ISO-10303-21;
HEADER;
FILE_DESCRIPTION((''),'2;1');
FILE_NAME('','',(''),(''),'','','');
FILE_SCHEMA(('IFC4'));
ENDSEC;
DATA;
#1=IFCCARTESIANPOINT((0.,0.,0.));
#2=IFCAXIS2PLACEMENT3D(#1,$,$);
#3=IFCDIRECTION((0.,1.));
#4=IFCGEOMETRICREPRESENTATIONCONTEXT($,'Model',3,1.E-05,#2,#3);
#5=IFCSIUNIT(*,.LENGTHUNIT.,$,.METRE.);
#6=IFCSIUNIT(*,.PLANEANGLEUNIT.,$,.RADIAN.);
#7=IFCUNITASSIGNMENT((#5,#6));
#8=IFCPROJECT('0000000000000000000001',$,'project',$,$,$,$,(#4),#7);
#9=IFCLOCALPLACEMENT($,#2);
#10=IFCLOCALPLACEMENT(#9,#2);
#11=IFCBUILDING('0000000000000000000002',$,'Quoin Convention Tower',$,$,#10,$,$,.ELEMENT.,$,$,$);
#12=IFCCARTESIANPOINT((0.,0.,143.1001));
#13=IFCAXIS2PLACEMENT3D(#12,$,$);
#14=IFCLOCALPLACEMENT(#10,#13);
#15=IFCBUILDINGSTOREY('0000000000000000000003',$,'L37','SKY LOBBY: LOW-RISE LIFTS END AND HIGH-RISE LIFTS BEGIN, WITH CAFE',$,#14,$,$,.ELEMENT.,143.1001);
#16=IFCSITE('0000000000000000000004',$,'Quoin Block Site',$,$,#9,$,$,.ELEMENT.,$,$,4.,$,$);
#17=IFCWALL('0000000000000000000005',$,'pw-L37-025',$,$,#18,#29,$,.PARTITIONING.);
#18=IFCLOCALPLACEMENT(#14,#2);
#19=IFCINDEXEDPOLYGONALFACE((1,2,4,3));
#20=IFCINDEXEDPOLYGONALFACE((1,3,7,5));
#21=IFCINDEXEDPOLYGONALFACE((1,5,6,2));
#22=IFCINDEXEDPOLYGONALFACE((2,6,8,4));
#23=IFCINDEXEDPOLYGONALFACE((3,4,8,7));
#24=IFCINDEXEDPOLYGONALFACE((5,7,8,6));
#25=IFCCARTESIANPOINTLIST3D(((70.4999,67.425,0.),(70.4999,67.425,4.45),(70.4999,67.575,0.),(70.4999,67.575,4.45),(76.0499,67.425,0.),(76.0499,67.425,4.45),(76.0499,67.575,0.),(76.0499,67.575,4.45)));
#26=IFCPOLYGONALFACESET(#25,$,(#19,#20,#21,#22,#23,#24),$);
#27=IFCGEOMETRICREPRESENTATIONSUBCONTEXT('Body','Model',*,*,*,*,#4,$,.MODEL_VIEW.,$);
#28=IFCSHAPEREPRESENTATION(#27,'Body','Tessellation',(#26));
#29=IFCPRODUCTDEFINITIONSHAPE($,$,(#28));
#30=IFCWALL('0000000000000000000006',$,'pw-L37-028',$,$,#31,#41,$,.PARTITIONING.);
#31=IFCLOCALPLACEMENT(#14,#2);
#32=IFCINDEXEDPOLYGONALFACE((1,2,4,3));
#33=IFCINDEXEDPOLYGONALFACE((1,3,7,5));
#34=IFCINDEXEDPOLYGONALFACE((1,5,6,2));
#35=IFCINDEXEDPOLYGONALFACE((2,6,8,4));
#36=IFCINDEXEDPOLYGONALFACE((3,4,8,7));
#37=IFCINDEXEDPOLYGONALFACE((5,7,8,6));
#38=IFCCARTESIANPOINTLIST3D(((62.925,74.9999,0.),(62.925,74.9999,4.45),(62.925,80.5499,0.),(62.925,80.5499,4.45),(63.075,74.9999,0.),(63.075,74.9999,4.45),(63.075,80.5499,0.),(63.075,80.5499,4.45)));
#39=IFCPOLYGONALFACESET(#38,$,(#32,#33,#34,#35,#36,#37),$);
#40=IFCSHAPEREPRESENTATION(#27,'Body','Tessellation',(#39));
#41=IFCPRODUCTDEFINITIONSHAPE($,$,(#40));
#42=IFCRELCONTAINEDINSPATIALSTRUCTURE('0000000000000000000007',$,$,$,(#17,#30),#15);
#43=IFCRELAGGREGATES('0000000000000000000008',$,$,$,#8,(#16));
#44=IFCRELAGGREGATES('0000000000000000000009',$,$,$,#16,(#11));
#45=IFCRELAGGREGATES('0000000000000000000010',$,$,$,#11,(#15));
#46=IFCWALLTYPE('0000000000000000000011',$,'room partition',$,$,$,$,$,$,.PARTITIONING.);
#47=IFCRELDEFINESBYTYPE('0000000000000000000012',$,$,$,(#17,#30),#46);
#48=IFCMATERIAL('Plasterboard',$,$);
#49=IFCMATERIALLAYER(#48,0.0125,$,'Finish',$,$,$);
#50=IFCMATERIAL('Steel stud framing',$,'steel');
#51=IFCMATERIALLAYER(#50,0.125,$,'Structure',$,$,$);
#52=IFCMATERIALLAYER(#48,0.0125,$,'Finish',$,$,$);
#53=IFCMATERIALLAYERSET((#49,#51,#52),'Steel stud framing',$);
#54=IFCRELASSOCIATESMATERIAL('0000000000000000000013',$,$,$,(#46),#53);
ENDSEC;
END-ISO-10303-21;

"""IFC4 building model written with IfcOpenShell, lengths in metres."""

from ifc_helpers import new_model, si_unit, direction, frame, frame_2d, origin, place, context, subcontext, project, spatial, rectangle, extrude, material, layer, layer_set, type_object, element, save


model = new_model("IFC4")

# Units and contexts
model_context = context("Model", 3, precision=1e-05, world=origin(), true_north=direction((0.0, 1.0)))
body_context = subcontext(model_context, "Body", "Model", "MODEL_VIEW")
ifc_project = project(units=[si_unit("LENGTHUNIT", "METRE"), si_unit("PLANEANGLEUNIT", "RADIAN")], contexts=[model_context])

# Site, building, storey
site_placement = place(None, origin())
site = spatial("IfcSite", under=ifc_project, at=site_placement, Name="Quoin Block Site", CompositionType="ELEMENT", RefElevation=4.0)
building_placement = place(site_placement, origin())
building = spatial("IfcBuilding", under=site, at=building_placement, Name="Quoin Convention Tower", CompositionType="ELEMENT")
storey_placement = place(building_placement, frame((0.0, 0.0, 143.1001)))
storey = spatial("IfcBuildingStorey", under=building, at=storey_placement, Name="L37", Description="SKY LOBBY: LOW-RISE LIFTS END AND HIGH-RISE LIFTS BEGIN, WITH CAFE", CompositionType="ELEMENT", Elevation=143.1001)

# Walls
ifc_material_1 = material(Name="Plasterboard")
ifc_layer_1 = layer(ifc_material_1, 0.0125, Name="Finish")
ifc_material_2 = material(Name="Steel stud framing", Category="steel")
ifc_layer_2 = layer(ifc_material_2, 0.125, Name="Structure")
ifc_layer_3 = layer(ifc_material_1, 0.0125, Name="Finish")
ifc_layer_set_1 = layer_set([ifc_layer_1, ifc_layer_2, ifc_layer_3], Name="Steel stud framing")
wall_type_1 = type_object("IfcWallType", Name="room partition", PredefinedType="PARTITIONING", material=ifc_layer_set_1)
for number, where, z_axis, x_axis, name in (
    (1, (70.5, 67.5, 0.0), (0.0, 0.0, 1.0), (1.0, 0.0, 0.0), "pw-L37-025"),
    (2, (63.0, 75.0, 0.0), (0.0, 0.0, 1.0), (0.0, 1.0, 0.0), "pw-L37-028"),
):
    element("IfcWall", number, at=place(storey_placement, frame(where, z_axis=z_axis, x_axis=x_axis)), inside=storey, type_object=wall_type_1, Name=name, PredefinedType="PARTITIONING", context=body_context, shape_type="SweptSolid", body=[
        extrude(rectangle(XDim=5.55, YDim=0.1499, at=frame_2d((2.7749, 0.0))), origin(), (0.0, 0.0, 1.0), 4.45),
    ])

save(model, "model.ifc")
